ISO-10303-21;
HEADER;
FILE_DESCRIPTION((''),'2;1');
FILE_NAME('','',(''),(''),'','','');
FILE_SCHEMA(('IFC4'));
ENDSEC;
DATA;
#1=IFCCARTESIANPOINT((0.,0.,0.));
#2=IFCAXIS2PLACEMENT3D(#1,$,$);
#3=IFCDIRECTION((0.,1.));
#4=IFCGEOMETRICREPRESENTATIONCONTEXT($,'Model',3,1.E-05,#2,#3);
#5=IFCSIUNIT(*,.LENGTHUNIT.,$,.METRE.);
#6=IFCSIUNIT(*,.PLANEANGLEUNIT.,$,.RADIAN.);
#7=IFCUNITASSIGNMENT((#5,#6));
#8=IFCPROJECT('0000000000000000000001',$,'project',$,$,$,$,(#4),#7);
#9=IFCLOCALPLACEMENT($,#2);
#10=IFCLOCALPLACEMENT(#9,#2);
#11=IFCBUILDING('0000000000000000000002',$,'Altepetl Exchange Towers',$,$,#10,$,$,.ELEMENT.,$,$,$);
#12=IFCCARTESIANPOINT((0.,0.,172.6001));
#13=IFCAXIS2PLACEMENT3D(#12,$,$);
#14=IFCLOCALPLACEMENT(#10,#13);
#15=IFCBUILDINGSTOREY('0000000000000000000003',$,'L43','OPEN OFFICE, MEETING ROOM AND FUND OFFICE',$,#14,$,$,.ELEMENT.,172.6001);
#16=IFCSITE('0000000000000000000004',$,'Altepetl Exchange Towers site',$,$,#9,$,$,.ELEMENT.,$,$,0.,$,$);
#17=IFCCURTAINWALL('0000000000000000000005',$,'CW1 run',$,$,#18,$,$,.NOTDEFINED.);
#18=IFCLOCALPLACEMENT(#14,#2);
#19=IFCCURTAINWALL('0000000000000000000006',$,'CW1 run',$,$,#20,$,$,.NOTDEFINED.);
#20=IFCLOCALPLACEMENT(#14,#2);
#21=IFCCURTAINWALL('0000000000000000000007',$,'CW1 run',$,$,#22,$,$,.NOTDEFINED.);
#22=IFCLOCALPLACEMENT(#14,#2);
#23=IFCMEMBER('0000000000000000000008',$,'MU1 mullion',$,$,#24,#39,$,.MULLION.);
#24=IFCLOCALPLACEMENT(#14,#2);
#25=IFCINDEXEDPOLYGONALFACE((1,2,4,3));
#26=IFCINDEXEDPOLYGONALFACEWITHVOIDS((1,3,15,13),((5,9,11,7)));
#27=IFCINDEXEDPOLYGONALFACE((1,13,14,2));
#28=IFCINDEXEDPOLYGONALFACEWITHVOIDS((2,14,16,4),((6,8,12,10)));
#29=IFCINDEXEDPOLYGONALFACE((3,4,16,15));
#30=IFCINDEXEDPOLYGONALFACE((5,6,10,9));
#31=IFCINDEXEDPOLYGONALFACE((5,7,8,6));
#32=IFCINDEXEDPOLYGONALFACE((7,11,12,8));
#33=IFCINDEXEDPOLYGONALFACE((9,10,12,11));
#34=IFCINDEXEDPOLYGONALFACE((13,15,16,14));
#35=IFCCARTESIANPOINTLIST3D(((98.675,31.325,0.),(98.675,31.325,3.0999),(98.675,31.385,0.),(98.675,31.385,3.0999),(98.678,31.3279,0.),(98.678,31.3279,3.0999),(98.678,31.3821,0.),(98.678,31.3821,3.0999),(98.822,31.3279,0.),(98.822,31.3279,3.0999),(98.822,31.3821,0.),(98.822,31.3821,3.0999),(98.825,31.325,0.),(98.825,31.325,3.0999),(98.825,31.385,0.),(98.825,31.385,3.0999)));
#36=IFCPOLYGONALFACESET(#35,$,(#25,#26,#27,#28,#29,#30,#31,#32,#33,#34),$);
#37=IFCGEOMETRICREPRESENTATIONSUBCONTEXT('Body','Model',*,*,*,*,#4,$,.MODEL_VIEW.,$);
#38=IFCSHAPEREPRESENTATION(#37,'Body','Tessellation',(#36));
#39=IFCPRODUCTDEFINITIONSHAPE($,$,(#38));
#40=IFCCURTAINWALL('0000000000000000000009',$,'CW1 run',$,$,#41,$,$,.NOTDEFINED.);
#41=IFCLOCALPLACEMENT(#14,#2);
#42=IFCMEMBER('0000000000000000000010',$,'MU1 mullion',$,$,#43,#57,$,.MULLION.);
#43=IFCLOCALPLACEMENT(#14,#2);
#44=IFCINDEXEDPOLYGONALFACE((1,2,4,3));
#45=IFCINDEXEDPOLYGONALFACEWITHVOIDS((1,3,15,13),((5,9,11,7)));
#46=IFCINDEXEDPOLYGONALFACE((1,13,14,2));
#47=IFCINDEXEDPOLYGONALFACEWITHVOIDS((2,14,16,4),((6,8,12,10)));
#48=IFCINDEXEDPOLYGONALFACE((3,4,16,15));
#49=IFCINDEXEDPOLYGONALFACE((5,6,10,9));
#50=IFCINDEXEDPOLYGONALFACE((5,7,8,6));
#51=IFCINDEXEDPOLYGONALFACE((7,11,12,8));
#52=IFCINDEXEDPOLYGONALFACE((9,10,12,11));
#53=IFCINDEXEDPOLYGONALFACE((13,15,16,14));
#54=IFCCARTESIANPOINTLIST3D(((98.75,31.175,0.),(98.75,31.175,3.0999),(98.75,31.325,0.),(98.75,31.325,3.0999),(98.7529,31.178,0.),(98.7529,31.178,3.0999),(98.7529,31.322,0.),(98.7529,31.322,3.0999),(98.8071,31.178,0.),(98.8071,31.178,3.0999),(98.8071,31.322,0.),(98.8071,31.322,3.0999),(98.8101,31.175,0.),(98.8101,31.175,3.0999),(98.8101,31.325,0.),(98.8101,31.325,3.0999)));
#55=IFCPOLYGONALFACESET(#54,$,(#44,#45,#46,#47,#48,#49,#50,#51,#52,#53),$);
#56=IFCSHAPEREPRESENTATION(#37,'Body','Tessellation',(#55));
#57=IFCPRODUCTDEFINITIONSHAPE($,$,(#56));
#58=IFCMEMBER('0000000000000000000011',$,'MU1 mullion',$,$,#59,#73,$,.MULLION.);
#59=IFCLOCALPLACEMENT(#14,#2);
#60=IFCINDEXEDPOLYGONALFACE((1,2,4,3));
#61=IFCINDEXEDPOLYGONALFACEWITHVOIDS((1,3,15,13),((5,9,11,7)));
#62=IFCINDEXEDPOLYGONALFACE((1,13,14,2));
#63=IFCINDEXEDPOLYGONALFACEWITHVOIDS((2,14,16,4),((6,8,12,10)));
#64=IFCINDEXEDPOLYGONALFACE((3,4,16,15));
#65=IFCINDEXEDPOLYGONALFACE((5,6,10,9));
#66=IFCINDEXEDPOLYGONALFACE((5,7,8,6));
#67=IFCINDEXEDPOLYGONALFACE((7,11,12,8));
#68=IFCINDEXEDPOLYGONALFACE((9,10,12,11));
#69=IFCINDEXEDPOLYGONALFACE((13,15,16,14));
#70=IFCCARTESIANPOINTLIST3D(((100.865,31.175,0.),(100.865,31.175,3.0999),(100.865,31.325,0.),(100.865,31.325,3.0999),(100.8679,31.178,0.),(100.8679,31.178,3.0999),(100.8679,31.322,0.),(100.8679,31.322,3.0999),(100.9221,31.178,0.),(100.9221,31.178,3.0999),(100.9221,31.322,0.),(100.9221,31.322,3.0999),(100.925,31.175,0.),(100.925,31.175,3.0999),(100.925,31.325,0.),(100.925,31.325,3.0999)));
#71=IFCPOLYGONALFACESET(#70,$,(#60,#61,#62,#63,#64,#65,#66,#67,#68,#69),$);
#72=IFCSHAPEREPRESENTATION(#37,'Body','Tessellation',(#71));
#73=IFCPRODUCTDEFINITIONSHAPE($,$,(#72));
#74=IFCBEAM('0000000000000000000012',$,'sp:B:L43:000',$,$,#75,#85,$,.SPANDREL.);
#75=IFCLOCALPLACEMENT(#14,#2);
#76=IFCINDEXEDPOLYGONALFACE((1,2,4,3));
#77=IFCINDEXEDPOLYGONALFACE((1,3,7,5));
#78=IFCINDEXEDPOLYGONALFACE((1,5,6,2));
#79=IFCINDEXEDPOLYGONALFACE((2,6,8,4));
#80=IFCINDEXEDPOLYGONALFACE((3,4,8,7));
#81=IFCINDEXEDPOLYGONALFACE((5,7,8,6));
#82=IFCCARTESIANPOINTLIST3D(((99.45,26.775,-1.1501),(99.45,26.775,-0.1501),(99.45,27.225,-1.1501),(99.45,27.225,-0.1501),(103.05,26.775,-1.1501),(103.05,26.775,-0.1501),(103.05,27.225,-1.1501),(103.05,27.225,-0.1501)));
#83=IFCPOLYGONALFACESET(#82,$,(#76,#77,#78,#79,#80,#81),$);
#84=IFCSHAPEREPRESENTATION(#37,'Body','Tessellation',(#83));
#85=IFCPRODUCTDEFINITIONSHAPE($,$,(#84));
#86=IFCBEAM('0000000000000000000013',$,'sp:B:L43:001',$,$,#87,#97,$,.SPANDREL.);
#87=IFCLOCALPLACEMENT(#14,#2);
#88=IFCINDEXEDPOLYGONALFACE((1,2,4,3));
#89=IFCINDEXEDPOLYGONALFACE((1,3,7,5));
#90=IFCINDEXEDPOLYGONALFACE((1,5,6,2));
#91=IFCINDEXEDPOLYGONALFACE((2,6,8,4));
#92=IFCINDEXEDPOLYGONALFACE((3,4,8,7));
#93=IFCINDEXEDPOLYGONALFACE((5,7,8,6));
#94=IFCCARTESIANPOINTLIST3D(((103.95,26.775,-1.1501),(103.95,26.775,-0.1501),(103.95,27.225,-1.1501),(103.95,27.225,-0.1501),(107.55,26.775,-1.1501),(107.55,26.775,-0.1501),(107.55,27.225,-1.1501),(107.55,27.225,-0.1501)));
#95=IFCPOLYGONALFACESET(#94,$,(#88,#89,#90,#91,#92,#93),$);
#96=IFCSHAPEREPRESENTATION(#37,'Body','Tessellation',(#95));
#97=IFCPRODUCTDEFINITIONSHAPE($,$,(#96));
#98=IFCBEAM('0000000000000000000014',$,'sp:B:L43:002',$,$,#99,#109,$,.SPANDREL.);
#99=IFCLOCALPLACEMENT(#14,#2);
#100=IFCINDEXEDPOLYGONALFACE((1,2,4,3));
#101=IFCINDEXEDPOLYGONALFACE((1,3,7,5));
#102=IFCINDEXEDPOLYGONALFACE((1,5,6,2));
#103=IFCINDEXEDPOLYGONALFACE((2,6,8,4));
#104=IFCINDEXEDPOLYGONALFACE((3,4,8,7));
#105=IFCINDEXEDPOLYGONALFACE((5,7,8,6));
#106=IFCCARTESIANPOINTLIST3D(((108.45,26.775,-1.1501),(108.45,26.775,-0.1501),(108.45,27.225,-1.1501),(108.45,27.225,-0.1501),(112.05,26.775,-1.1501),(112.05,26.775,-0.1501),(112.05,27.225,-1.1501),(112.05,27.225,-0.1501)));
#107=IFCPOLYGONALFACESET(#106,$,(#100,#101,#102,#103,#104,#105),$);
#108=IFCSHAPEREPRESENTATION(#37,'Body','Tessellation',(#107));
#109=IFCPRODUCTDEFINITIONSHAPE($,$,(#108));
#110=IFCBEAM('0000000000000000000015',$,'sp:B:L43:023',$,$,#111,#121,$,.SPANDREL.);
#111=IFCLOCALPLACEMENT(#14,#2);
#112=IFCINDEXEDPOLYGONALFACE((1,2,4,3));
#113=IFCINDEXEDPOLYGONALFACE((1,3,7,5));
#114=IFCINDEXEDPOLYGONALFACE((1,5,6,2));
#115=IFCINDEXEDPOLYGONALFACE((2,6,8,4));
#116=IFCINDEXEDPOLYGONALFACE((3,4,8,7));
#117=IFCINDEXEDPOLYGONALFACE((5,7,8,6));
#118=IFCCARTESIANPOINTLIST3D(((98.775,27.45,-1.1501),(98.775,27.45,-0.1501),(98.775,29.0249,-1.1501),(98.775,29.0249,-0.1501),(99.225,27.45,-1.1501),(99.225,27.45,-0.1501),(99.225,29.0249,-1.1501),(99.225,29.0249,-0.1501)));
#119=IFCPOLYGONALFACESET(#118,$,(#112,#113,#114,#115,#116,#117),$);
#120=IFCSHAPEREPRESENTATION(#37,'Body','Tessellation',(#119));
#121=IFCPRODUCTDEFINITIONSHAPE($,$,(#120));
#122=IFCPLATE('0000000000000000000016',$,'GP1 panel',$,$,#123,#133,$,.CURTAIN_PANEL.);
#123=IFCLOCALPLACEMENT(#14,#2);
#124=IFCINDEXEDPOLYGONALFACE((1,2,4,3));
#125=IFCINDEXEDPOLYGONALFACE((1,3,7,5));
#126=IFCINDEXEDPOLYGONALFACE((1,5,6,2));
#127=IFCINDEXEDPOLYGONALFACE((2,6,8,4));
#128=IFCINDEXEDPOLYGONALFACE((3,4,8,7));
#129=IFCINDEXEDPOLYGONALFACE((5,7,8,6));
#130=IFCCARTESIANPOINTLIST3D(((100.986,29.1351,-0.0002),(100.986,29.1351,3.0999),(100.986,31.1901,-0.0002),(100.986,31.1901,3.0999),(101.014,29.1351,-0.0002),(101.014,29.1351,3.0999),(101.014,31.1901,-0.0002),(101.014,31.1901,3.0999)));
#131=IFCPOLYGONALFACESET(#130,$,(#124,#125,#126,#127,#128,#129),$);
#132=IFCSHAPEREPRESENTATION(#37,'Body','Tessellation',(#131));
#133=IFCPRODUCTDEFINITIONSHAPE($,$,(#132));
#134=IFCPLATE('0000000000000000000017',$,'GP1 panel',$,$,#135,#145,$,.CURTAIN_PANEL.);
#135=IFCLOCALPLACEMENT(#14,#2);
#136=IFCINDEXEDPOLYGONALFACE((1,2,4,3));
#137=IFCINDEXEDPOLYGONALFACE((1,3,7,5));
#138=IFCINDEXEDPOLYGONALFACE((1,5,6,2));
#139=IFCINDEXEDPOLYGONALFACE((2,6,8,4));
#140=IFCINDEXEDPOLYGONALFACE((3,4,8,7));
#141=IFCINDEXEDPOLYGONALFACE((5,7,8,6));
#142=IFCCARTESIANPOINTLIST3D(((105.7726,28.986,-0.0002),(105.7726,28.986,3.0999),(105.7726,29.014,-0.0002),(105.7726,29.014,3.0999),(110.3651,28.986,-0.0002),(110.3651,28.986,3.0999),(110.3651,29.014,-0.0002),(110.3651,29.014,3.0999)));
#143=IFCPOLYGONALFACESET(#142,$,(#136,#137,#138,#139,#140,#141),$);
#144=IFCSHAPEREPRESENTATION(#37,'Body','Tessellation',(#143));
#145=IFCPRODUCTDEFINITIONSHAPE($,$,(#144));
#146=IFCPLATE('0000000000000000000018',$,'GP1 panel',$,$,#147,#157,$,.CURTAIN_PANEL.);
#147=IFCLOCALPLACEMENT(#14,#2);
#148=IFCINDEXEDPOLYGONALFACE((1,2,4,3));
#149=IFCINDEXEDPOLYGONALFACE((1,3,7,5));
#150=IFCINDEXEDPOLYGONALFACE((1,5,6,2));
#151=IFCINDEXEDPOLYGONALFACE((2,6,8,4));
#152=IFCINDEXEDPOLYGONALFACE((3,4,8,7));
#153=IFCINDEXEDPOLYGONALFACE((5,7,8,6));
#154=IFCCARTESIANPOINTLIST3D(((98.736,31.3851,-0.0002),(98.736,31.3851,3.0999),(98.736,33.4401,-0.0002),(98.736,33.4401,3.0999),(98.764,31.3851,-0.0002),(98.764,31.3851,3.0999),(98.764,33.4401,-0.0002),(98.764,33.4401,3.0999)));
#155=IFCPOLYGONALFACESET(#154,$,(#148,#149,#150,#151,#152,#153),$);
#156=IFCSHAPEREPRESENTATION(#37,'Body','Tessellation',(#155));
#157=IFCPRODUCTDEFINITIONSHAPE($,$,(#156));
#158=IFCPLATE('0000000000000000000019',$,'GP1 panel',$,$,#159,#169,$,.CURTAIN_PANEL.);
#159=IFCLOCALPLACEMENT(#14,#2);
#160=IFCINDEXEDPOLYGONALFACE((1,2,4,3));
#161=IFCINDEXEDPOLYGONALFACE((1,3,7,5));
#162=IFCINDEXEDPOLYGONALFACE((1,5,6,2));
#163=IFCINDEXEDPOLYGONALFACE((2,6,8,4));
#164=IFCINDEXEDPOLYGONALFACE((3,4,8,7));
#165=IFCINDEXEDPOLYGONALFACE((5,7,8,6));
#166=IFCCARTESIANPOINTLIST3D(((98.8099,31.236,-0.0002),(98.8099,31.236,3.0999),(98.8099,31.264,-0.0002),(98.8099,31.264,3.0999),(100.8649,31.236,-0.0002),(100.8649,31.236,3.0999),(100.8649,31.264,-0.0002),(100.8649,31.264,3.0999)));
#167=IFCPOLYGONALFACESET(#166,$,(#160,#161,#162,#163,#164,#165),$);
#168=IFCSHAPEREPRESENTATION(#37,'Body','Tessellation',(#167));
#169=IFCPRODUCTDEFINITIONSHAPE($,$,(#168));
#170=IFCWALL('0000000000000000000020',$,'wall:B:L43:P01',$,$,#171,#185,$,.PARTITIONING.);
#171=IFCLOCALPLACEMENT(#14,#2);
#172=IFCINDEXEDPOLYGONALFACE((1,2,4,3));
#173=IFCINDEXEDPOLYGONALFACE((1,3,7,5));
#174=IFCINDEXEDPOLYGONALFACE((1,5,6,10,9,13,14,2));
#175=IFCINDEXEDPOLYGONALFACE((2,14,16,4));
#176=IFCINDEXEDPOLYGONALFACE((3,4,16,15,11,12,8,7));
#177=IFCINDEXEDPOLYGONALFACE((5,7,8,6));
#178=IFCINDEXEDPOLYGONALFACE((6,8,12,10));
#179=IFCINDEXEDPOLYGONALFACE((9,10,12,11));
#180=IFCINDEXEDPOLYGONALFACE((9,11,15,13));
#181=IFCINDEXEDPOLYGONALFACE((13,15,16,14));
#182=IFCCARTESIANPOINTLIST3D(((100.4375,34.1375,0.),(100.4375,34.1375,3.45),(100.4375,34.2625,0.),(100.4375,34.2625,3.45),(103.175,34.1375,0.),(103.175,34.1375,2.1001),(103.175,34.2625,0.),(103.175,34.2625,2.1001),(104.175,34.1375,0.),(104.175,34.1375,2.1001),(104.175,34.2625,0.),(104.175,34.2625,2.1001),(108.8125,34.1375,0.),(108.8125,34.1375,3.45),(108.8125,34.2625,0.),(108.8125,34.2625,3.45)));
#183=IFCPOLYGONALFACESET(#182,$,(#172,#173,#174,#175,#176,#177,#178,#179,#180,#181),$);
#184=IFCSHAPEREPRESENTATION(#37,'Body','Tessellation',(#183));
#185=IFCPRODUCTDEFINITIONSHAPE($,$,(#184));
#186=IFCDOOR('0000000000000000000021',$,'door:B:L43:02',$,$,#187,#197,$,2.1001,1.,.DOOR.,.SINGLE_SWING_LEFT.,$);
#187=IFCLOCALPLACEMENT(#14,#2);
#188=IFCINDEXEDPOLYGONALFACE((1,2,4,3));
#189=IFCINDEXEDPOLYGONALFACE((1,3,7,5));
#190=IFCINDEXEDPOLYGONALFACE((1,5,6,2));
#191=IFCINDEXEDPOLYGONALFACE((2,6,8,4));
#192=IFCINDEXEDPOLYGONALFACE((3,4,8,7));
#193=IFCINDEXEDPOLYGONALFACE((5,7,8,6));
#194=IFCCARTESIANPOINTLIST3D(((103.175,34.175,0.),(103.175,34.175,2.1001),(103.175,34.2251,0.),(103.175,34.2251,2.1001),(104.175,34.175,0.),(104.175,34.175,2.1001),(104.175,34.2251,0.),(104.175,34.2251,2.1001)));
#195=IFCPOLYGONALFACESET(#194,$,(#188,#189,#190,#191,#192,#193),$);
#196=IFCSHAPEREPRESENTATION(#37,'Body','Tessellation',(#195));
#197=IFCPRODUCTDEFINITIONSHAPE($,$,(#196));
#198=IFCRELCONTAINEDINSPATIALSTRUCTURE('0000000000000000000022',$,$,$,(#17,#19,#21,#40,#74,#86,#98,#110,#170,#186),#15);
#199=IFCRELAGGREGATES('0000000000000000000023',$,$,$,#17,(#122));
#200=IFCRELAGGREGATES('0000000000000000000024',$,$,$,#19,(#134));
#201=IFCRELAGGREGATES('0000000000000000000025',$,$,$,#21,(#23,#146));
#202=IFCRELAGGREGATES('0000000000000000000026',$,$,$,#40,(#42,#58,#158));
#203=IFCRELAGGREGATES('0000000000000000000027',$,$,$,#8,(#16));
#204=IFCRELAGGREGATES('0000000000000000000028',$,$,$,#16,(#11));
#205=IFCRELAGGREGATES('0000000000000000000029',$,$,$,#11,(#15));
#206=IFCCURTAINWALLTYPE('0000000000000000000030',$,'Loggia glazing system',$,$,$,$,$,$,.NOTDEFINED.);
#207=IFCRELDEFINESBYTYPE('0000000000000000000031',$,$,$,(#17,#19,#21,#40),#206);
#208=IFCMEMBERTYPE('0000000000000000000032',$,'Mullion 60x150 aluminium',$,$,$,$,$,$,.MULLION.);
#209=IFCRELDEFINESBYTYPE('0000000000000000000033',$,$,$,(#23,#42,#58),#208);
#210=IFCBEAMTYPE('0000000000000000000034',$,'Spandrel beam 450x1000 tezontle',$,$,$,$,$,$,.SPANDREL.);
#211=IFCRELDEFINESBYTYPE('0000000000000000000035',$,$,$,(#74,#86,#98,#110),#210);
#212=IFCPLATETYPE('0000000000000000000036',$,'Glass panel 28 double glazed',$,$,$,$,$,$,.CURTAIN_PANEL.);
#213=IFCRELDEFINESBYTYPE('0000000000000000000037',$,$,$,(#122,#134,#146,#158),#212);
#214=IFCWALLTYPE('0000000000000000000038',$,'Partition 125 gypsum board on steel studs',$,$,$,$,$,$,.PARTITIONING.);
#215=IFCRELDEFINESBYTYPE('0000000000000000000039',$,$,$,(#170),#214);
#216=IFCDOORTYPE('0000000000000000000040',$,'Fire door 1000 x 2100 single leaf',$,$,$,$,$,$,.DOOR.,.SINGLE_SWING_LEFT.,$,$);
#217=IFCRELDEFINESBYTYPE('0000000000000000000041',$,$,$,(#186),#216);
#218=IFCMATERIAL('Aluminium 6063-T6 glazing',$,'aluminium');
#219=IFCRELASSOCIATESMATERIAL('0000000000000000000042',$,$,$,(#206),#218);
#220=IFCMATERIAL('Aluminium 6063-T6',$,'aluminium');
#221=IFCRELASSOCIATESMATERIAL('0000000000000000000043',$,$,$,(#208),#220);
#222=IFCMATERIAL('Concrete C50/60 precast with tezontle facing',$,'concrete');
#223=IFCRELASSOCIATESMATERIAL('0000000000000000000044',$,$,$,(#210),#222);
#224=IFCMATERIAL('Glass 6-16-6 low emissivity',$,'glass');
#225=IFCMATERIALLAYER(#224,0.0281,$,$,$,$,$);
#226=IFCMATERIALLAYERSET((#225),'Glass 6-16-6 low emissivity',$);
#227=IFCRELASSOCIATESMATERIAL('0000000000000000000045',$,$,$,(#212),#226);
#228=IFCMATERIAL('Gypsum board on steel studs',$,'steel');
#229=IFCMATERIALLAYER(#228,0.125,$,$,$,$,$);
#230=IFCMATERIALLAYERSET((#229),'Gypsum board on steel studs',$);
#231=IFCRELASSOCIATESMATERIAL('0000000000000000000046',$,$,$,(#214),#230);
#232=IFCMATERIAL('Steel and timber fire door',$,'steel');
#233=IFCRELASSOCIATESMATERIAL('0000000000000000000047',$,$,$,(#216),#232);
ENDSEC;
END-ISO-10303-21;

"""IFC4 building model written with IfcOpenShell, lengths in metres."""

from ifc_helpers import new_model, si_unit, direction, frame, frame_2d, origin, origin_2d, place, context, subcontext, project, spatial, rectangle, hollow_rectangle, extrude, material, layer, layer_set, material_profile, profile_set, type_object, element, fill, aggregate, save


model = new_model("IFC4")

# Units and contexts
model_context = context("Model", 3, precision=1e-05, world=origin(), true_north=direction((0.0, 1.0)))
body_context = subcontext(model_context, "Body", "Model", "MODEL_VIEW")
ifc_project = project(units=[si_unit("LENGTHUNIT", "METRE"), si_unit("PLANEANGLEUNIT", "RADIAN")], contexts=[model_context])

# Site, building, storey
site_placement = place(None, origin())
site = spatial("IfcSite", under=ifc_project, at=site_placement, Name="Altepetl Exchange Towers site", CompositionType="ELEMENT", RefElevation=0.0)
building_placement = place(site_placement, origin())
building = spatial("IfcBuilding", under=site, at=building_placement, Name="Altepetl Exchange Towers", CompositionType="ELEMENT")
storey_placement = place(building_placement, frame((0.0, 0.0, 172.6001)))
storey = spatial("IfcBuildingStorey", under=building, at=storey_placement, Name="L43", Description="OPEN OFFICE, MEETING ROOM AND FUND OFFICE", CompositionType="ELEMENT", Elevation=172.6001)

# Curtain wall
ifc_material_1 = material(Name="Aluminium 6063-T6 glazing", Category="aluminium")
curtain_wall_type = type_object("IfcCurtainWallType", Name="Loggia glazing system", PredefinedType="NOTDEFINED", material=ifc_material_1)
curtain_wall_1_placement = place(storey_placement, origin())
curtain_wall_1 = element("IfcCurtainWall", 1, at=curtain_wall_1_placement, inside=storey, type_object=curtain_wall_type, Name="CW1 run", PredefinedType="NOTDEFINED")
ifc_material_2 = material(Name="Aluminium 6063-T6", Category="aluminium")
ifc_material_profile_1 = material_profile(ifc_material_2, hollow_rectangle(XDim=0.0601, YDim=0.1499, WallThickness=0.0029, at=origin_2d()), Name="Mullion 60x150 aluminium")
ifc_profile_set_1 = profile_set([ifc_material_profile_1], Name="Aluminium 6063-T6")
member_type = type_object("IfcMemberType", Name="Mullion 60x150 aluminium", PredefinedType="MULLION", material=ifc_profile_set_1)

# Curtain wall
curtain_wall_2_placement = place(storey_placement, origin())
curtain_wall_2 = element("IfcCurtainWall", 2, at=curtain_wall_2_placement, inside=storey, type_object=curtain_wall_type, Name="CW1 run", PredefinedType="NOTDEFINED")

# Curtain walls, members
curtain_wall_3_placement = place(storey_placement, origin())
curtain_wall_3 = element("IfcCurtainWall", 3, at=curtain_wall_3_placement, inside=storey, type_object=curtain_wall_type, Name="CW1 run", PredefinedType="NOTDEFINED")
member_1_placement = place(storey_placement, frame((98.75, 31.355, 0.0), z_axis=(0.0, 0.0, 1.0), x_axis=(0.0, -1.0, 0.0)))
member_1 = element("IfcMember", 4, at=member_1_placement, type_object=member_type, Name="MU1 mullion", PredefinedType="MULLION", context=body_context, shape_type="SweptSolid", body=[
    extrude(hollow_rectangle(XDim=0.0601, YDim=0.1499, WallThickness=0.0029, at=origin_2d()), origin(), (0.0, 0.0, 1.0), 3.0999),
])
curtain_wall_4_placement = place(storey_placement, origin())
curtain_wall_4 = element("IfcCurtainWall", 5, at=curtain_wall_4_placement, inside=storey, type_object=curtain_wall_type, Name="CW1 run", PredefinedType="NOTDEFINED")
member_2_placement = place(storey_placement, frame((98.78, 31.25, 0.0)))
member_2 = element("IfcMember", 6, at=member_2_placement, type_object=member_type, Name="MU1 mullion", PredefinedType="MULLION", context=body_context, shape_type="SweptSolid", body=[
    extrude(hollow_rectangle(XDim=0.0601, YDim=0.1499, WallThickness=0.0029, at=origin_2d()), origin(), (0.0, 0.0, 1.0), 3.0999),
])
member_3_placement = place(storey_placement, frame((100.895, 31.25, 0.0)))
member_3 = element("IfcMember", 7, at=member_3_placement, type_object=member_type, Name="MU1 mullion", PredefinedType="MULLION", context=body_context, shape_type="SweptSolid", body=[
    extrude(hollow_rectangle(XDim=0.0601, YDim=0.1499, WallThickness=0.0029, at=origin_2d()), origin(), (0.0, 0.0, 1.0), 3.0999),
])

# Beams
ifc_material_3 = material(Name="Concrete C50/60 precast with tezontle facing", Category="concrete")
ifc_material_profile_2 = material_profile(ifc_material_3, rectangle(XDim=0.45, YDim=1.0, at=origin_2d()), Name="450 x 1000")
ifc_profile_set_2 = profile_set([ifc_material_profile_2], Name="Concrete C50/60 precast with tezontle facing")
beam_type_1 = type_object("IfcBeamType", Name="Spandrel beam 450x1000 tezontle", PredefinedType="SPANDREL", material=ifc_profile_set_2)
for number, where, z_axis, x_axis, name in (
    (8, (99.45, 27.0, -0.6501), (1.0, 0.0, 0.0), (0.0, 1.0, 0.0), "sp:B:L43:000"),
    (9, (103.95, 27.0, -0.6501), (1.0, 0.0, 0.0), (0.0, 1.0, 0.0), "sp:B:L43:001"),
    (10, (108.45, 27.0, -0.6501), (1.0, 0.0, 0.0), (0.0, 1.0, 0.0), "sp:B:L43:002"),
):
    element("IfcBeam", number, at=place(storey_placement, frame(where, z_axis=z_axis, x_axis=x_axis)), inside=storey, type_object=beam_type_1, Name=name, PredefinedType="SPANDREL", context=body_context, shape_type="SweptSolid", body=[
        extrude(rectangle(XDim=0.45, YDim=1.0, at=origin_2d()), origin(), (0.0, 0.0, 1.0), 3.6001),
    ])
beam_1_placement = place(storey_placement, frame((99.0, 29.0249, -0.6501), z_axis=(0.0, -1.0, 0.0), x_axis=(1.0, 0.0, 0.0)))
element("IfcBeam", 11, at=beam_1_placement, inside=storey, type_object=beam_type_1, Name="sp:B:L43:023", PredefinedType="SPANDREL", context=body_context, shape_type="SweptSolid", body=[
    extrude(rectangle(XDim=0.45, YDim=1.0, at=origin_2d()), origin(), (0.0, 0.0, 1.0), 1.575),
])

# Plates
ifc_material_4 = material(Name="Glass 6-16-6 low emissivity", Category="glass")
ifc_layer_1 = layer(ifc_material_4, 0.0281)
ifc_layer_set_1 = layer_set([ifc_layer_1], Name="Glass 6-16-6 low emissivity")
plate_type = type_object("IfcPlateType", Name="Glass panel 28 double glazed", PredefinedType="CURTAIN_PANEL", material=ifc_layer_set_1)
plate_1_placement = place(storey_placement, frame((101.0, 30.1626, -0.0002), z_axis=(0.0, 0.0, 1.0), x_axis=(0.0, -1.0, 0.0)))
plate_1 = element("IfcPlate", 12, at=plate_1_placement, type_object=plate_type, Name="GP1 panel", PredefinedType="CURTAIN_PANEL", context=body_context, shape_type="SweptSolid", body=[
    extrude(rectangle(XDim=2.0549, YDim=0.0281, at=origin_2d()), origin(), (0.0, 0.0, 1.0), 3.1001),
])
aggregate(curtain_wall_1, [plate_1])
plate_2_placement = place(storey_placement, frame((108.0688, 29.0, -0.0002)))
plate_2 = element("IfcPlate", 13, at=plate_2_placement, type_object=plate_type, Name="GP1 panel", PredefinedType="CURTAIN_PANEL", context=body_context, shape_type="SweptSolid", body=[
    extrude(rectangle(XDim=4.5925, YDim=0.0281, at=origin_2d()), origin(), (0.0, 0.0, 1.0), 3.1001),
])
aggregate(curtain_wall_2, [plate_2])
plate_3_placement = place(storey_placement, frame((98.75, 32.4126, -0.0002), z_axis=(0.0, 0.0, 1.0), x_axis=(0.0, -1.0, 0.0)))
plate_3 = element("IfcPlate", 14, at=plate_3_placement, type_object=plate_type, Name="GP1 panel", PredefinedType="CURTAIN_PANEL", context=body_context, shape_type="SweptSolid", body=[
    extrude(rectangle(XDim=2.0549, YDim=0.0281, at=origin_2d()), origin(), (0.0, 0.0, 1.0), 3.1001),
])
aggregate(curtain_wall_3, [member_1, plate_3])
plate_4_placement = place(storey_placement, frame((99.8374, 31.25, -0.0002)))
plate_4 = element("IfcPlate", 15, at=plate_4_placement, type_object=plate_type, Name="GP1 panel", PredefinedType="CURTAIN_PANEL", context=body_context, shape_type="SweptSolid", body=[
    extrude(rectangle(XDim=2.0549, YDim=0.0281, at=origin_2d()), origin(), (0.0, 0.0, 1.0), 3.1001),
])
aggregate(curtain_wall_4, [member_2, member_3, plate_4])

# Wall, opening, door
ifc_material_5 = material(Name="Gypsum board on steel studs", Category="steel")
ifc_layer_2 = layer(ifc_material_5, 0.125)
ifc_layer_set_2 = layer_set([ifc_layer_2], Name="Gypsum board on steel studs")
wall_type_1 = type_object("IfcWallType", Name="Partition 125 gypsum board on steel studs", PredefinedType="PARTITIONING", material=ifc_layer_set_2)
wall_1_placement = place(storey_placement, frame((100.4375, 34.2, 0.0)))
wall_1 = element("IfcWall", 16, at=wall_1_placement, inside=storey, type_object=wall_type_1, Name="wall:B:L43:P01", PredefinedType="PARTITIONING", context=body_context, shape_type="SweptSolid", body=[
    extrude(rectangle(XDim=8.375, YDim=0.125, at=frame_2d((4.1875, 0.0))), origin(), (0.0, 0.0, 1.0), 3.45),
])
opening_1_placement = place(wall_1_placement, frame((2.7375, 0.0, 0.0)))
opening_1 = element("IfcOpeningElement", 17, at=opening_1_placement, cuts=wall_1, PredefinedType="OPENING", context=body_context, shape_type="SweptSolid", body=[
    extrude(rectangle(XDim=1.0, YDim=2.1001, at=frame_2d((0.5, 1.05))), frame((0.0, 0.0725, 0.0), z_axis=(0.0, -1.0, 0.0), x_axis=(1.0, 0.0, 0.0)), (0.0, 0.0, 1.0), 0.145),
])
ifc_material_6 = material(Name="Steel and timber fire door", Category="steel")
door_type_1 = type_object("IfcDoorType", Name="Fire door 1000 x 2100 single leaf", OperationType="SINGLE_SWING_LEFT", PredefinedType="DOOR", material=ifc_material_6)
door_1_placement = place(opening_1_placement, frame((1.0, 0.0, 0.0), x_axis=(-1.0, 0.0, 0.0)))
door_1 = element("IfcDoor", 18, at=door_1_placement, inside=storey, type_object=door_type_1, Name="door:B:L43:02", OperationType="SINGLE_SWING_LEFT", OverallHeight=2.1001, OverallWidth=1.0, PredefinedType="DOOR", context=body_context, shape_type="SweptSolid", body=[
    extrude(rectangle(XDim=1.0, YDim=2.1001, at=frame_2d((0.5, 1.05))), frame((0.0, 0.0249, 0.0), z_axis=(0.0, -1.0, 0.0), x_axis=(1.0, 0.0, 0.0)), (0.0, 0.0, 1.0), 0.05),
])
fill(opening_1, door_1)

save(model, "model.ifc")
